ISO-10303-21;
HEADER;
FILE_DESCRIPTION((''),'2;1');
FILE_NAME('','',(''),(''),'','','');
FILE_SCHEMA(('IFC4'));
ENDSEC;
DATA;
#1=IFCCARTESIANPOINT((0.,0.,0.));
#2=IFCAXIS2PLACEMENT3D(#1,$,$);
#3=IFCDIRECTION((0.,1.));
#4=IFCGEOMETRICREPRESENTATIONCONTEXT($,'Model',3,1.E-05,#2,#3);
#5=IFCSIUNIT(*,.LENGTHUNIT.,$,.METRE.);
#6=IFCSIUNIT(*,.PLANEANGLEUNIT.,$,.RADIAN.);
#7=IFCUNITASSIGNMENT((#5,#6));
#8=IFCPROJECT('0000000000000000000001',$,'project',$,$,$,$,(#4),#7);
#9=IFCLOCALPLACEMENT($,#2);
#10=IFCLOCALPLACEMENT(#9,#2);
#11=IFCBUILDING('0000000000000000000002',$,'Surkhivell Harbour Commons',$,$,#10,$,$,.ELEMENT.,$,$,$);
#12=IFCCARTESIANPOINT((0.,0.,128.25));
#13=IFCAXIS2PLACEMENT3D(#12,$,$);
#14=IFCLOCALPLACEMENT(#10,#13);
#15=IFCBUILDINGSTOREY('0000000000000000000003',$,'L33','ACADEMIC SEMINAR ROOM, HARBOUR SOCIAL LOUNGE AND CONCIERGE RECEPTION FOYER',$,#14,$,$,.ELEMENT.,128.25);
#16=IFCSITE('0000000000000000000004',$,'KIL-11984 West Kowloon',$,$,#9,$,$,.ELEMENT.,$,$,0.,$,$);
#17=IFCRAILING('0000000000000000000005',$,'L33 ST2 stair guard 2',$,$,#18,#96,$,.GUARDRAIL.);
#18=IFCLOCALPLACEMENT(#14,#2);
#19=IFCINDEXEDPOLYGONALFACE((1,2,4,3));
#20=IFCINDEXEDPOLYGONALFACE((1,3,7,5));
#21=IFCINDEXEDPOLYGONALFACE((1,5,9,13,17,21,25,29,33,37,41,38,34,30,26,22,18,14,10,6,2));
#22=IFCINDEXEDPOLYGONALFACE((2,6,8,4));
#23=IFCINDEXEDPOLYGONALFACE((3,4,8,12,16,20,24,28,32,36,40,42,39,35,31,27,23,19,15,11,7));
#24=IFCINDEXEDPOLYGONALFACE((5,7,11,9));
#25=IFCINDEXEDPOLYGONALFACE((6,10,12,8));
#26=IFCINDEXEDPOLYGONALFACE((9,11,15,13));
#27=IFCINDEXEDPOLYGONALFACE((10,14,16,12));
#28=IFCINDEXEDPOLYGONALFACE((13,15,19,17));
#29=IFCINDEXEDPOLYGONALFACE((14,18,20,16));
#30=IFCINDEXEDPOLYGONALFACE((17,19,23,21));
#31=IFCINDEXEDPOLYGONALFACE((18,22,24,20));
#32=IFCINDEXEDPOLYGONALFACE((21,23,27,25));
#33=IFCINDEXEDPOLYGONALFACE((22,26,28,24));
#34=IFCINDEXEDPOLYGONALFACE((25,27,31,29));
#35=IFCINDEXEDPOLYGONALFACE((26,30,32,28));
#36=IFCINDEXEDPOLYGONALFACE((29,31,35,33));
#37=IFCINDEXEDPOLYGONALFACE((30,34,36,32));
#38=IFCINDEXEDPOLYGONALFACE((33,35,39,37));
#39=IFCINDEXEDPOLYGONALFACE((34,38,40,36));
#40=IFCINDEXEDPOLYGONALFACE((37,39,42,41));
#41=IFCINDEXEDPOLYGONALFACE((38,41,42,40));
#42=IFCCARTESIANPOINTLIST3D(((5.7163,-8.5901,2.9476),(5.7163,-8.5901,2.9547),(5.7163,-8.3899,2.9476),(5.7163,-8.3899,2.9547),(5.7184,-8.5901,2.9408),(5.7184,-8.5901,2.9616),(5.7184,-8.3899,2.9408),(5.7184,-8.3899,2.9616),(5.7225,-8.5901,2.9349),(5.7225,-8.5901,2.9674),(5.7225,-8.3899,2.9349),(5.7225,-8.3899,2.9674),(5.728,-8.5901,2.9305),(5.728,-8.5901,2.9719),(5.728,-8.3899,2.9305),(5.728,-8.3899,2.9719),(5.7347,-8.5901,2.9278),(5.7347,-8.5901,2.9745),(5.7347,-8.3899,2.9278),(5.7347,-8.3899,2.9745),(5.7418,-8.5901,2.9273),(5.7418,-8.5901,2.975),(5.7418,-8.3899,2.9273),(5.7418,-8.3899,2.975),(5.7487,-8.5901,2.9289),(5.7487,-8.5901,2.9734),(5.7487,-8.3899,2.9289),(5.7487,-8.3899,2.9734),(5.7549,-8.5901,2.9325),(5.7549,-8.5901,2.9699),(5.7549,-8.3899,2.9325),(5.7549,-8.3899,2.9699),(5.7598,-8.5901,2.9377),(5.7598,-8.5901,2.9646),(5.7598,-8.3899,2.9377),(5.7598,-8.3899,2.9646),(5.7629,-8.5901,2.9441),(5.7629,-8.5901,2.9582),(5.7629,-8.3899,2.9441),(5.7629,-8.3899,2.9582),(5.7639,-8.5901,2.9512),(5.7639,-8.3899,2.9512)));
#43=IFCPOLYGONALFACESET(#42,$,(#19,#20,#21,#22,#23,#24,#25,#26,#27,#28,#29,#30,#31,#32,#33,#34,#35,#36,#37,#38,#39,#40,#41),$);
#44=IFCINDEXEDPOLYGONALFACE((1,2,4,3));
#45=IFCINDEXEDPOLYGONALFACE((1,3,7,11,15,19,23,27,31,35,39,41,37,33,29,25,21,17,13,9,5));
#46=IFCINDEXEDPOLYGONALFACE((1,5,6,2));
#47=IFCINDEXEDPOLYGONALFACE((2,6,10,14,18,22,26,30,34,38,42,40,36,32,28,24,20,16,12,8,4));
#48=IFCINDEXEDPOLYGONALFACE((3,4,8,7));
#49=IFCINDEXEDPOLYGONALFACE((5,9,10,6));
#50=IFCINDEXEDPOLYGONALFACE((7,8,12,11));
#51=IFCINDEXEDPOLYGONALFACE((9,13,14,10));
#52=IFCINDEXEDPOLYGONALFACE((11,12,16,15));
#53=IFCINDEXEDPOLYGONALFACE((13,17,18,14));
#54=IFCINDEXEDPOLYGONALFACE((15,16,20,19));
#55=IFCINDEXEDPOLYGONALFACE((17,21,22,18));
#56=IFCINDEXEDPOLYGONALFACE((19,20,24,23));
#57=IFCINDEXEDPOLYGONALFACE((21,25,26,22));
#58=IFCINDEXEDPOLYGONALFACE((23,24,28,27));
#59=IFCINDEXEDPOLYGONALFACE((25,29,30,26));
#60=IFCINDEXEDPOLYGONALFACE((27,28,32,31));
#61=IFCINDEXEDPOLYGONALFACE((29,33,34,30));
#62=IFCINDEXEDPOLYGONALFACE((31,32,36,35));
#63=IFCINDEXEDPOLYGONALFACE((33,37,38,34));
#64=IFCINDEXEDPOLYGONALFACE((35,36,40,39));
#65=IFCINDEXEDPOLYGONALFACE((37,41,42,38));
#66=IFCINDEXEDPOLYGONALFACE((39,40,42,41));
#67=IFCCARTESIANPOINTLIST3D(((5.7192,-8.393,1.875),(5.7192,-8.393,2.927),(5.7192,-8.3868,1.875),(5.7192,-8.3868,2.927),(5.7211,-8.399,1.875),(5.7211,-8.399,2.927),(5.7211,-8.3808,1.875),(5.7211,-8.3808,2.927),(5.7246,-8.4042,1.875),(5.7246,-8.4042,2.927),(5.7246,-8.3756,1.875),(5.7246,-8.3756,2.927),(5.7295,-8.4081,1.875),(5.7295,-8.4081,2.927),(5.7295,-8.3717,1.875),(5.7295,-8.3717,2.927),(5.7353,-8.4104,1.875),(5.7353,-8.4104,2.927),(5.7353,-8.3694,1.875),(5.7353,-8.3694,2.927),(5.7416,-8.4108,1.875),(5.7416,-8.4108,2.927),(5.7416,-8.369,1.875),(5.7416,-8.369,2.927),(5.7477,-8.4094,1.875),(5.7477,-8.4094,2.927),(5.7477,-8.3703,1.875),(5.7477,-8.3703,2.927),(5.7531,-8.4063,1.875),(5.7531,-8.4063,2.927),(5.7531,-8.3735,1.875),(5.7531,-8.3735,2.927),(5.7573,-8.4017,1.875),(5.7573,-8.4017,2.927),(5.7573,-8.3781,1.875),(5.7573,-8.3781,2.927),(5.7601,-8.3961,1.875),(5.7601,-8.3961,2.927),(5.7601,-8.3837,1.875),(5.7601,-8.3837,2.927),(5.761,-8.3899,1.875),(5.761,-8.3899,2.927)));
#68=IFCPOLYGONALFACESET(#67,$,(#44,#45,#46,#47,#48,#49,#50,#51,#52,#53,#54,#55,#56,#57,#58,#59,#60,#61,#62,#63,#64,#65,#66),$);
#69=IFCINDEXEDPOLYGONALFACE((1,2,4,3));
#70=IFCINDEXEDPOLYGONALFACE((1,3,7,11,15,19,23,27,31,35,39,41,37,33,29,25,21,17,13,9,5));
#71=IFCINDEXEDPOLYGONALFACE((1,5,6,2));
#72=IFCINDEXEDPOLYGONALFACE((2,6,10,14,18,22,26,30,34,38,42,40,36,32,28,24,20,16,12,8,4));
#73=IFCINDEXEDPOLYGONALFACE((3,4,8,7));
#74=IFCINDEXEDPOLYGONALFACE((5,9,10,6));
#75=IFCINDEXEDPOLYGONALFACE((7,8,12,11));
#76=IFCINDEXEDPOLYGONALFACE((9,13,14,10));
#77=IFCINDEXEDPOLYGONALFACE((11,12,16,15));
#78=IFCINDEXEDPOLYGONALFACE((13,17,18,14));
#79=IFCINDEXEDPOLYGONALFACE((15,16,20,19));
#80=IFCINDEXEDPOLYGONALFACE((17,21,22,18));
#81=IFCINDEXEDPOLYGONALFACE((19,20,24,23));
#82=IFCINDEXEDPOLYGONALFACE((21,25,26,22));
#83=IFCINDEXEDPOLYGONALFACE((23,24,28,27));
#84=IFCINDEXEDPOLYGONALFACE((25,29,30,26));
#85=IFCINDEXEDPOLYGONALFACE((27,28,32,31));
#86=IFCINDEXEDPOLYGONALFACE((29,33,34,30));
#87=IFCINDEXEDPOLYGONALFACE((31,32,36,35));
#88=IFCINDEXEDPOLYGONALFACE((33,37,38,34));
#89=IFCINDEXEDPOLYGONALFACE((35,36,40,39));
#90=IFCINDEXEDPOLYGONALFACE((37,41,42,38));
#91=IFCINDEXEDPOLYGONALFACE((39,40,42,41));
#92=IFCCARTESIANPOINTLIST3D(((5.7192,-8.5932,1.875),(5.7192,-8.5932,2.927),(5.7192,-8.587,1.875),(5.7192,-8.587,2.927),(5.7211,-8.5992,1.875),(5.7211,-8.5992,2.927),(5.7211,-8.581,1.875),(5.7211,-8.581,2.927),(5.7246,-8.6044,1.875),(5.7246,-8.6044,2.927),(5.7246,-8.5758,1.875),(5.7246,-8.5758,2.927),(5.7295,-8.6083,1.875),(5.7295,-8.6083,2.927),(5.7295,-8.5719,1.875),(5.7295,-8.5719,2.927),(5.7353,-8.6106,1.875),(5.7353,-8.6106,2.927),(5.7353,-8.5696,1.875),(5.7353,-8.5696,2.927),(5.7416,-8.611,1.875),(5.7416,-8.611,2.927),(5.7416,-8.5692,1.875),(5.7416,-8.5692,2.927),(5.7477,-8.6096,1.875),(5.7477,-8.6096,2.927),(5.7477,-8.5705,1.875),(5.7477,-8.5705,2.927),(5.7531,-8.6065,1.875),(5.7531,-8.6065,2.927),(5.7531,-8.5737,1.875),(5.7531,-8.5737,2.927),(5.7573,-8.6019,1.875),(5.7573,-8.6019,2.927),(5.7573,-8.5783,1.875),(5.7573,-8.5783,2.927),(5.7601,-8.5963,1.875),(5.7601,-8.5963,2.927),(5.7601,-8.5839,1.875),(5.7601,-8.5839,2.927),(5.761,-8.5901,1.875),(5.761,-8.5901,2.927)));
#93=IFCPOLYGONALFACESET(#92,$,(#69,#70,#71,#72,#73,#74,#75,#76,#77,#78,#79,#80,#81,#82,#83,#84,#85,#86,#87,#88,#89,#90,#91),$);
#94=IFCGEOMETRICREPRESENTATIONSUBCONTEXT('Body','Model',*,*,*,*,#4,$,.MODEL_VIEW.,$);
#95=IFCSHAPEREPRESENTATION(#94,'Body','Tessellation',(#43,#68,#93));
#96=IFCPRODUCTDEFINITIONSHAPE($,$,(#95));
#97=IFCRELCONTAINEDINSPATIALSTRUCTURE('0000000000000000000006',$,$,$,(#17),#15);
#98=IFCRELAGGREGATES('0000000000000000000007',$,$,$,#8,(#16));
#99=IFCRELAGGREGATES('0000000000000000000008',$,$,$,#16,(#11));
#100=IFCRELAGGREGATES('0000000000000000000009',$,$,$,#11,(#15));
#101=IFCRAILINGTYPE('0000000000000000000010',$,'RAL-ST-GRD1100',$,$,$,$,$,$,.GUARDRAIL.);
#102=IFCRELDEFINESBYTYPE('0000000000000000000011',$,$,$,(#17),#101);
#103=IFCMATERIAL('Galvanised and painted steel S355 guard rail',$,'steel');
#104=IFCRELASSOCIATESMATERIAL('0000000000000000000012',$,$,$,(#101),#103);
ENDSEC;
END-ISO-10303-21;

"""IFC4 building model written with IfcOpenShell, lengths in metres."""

from ifc_helpers import new_model, si_unit, direction, frame, origin, origin_2d, place, context, subcontext, project, spatial, circle, extrude, material, type_object, element, save


model = new_model("IFC4")

# Units and contexts
model_context = context("Model", 3, precision=1e-05, world=origin(), true_north=direction((0.0, 1.0)))
body_context = subcontext(model_context, "Body", "Model", "MODEL_VIEW")
ifc_project = project(units=[si_unit("LENGTHUNIT", "METRE"), si_unit("PLANEANGLEUNIT", "RADIAN")], contexts=[model_context])

# Site, building, storey
site_placement = place(None, origin())
site = spatial("IfcSite", under=ifc_project, at=site_placement, Name="KIL-11984 West Kowloon", CompositionType="ELEMENT", RefElevation=0.0)
building_placement = place(site_placement, origin())
building = spatial("IfcBuilding", under=site, at=building_placement, Name="Surkhivell Harbour Commons", CompositionType="ELEMENT")
storey_placement = place(building_placement, frame((0.0, 0.0, 128.25)))
storey = spatial("IfcBuildingStorey", under=building, at=storey_placement, Name="L33", Description="ACADEMIC SEMINAR ROOM, HARBOUR SOCIAL LOUNGE AND CONCIERGE RECEPTION FOYER", CompositionType="ELEMENT", Elevation=128.25)

# Railing
ifc_material_1 = material(Name="Galvanised and painted steel S355 guard rail", Category="steel")
railing_type_1 = type_object("IfcRailingType", Name="RAL-ST-GRD1100", PredefinedType="GUARDRAIL", material=ifc_material_1)
railing_1_placement = place(storey_placement, frame((5.74, -8.3899, 1.875)))
element("IfcRailing", 1, at=railing_1_placement, inside=storey, type_object=railing_type_1, Name="L33 ST2 stair guard 2", PredefinedType="GUARDRAIL", context=body_context, shape_type="SweptSolid", body=[
    extrude(circle(Radius=0.0239, at=origin_2d()), frame((0.0, 0.0, 1.0762), z_axis=(0.0, -1.0, 0.0), x_axis=(1.0, 0.0, 0.0)), (0.0, 0.0, 1.0), 0.2002),
    extrude(circle(Radius=0.021, at=origin_2d()), origin(), (0.0, 0.0, 1.0), 1.052),
    extrude(circle(Radius=0.021, at=origin_2d()), frame((0.0, -0.2002, 0.0)), (0.0, 0.0, 1.0), 1.052),
])

save(model, "model.ifc")
